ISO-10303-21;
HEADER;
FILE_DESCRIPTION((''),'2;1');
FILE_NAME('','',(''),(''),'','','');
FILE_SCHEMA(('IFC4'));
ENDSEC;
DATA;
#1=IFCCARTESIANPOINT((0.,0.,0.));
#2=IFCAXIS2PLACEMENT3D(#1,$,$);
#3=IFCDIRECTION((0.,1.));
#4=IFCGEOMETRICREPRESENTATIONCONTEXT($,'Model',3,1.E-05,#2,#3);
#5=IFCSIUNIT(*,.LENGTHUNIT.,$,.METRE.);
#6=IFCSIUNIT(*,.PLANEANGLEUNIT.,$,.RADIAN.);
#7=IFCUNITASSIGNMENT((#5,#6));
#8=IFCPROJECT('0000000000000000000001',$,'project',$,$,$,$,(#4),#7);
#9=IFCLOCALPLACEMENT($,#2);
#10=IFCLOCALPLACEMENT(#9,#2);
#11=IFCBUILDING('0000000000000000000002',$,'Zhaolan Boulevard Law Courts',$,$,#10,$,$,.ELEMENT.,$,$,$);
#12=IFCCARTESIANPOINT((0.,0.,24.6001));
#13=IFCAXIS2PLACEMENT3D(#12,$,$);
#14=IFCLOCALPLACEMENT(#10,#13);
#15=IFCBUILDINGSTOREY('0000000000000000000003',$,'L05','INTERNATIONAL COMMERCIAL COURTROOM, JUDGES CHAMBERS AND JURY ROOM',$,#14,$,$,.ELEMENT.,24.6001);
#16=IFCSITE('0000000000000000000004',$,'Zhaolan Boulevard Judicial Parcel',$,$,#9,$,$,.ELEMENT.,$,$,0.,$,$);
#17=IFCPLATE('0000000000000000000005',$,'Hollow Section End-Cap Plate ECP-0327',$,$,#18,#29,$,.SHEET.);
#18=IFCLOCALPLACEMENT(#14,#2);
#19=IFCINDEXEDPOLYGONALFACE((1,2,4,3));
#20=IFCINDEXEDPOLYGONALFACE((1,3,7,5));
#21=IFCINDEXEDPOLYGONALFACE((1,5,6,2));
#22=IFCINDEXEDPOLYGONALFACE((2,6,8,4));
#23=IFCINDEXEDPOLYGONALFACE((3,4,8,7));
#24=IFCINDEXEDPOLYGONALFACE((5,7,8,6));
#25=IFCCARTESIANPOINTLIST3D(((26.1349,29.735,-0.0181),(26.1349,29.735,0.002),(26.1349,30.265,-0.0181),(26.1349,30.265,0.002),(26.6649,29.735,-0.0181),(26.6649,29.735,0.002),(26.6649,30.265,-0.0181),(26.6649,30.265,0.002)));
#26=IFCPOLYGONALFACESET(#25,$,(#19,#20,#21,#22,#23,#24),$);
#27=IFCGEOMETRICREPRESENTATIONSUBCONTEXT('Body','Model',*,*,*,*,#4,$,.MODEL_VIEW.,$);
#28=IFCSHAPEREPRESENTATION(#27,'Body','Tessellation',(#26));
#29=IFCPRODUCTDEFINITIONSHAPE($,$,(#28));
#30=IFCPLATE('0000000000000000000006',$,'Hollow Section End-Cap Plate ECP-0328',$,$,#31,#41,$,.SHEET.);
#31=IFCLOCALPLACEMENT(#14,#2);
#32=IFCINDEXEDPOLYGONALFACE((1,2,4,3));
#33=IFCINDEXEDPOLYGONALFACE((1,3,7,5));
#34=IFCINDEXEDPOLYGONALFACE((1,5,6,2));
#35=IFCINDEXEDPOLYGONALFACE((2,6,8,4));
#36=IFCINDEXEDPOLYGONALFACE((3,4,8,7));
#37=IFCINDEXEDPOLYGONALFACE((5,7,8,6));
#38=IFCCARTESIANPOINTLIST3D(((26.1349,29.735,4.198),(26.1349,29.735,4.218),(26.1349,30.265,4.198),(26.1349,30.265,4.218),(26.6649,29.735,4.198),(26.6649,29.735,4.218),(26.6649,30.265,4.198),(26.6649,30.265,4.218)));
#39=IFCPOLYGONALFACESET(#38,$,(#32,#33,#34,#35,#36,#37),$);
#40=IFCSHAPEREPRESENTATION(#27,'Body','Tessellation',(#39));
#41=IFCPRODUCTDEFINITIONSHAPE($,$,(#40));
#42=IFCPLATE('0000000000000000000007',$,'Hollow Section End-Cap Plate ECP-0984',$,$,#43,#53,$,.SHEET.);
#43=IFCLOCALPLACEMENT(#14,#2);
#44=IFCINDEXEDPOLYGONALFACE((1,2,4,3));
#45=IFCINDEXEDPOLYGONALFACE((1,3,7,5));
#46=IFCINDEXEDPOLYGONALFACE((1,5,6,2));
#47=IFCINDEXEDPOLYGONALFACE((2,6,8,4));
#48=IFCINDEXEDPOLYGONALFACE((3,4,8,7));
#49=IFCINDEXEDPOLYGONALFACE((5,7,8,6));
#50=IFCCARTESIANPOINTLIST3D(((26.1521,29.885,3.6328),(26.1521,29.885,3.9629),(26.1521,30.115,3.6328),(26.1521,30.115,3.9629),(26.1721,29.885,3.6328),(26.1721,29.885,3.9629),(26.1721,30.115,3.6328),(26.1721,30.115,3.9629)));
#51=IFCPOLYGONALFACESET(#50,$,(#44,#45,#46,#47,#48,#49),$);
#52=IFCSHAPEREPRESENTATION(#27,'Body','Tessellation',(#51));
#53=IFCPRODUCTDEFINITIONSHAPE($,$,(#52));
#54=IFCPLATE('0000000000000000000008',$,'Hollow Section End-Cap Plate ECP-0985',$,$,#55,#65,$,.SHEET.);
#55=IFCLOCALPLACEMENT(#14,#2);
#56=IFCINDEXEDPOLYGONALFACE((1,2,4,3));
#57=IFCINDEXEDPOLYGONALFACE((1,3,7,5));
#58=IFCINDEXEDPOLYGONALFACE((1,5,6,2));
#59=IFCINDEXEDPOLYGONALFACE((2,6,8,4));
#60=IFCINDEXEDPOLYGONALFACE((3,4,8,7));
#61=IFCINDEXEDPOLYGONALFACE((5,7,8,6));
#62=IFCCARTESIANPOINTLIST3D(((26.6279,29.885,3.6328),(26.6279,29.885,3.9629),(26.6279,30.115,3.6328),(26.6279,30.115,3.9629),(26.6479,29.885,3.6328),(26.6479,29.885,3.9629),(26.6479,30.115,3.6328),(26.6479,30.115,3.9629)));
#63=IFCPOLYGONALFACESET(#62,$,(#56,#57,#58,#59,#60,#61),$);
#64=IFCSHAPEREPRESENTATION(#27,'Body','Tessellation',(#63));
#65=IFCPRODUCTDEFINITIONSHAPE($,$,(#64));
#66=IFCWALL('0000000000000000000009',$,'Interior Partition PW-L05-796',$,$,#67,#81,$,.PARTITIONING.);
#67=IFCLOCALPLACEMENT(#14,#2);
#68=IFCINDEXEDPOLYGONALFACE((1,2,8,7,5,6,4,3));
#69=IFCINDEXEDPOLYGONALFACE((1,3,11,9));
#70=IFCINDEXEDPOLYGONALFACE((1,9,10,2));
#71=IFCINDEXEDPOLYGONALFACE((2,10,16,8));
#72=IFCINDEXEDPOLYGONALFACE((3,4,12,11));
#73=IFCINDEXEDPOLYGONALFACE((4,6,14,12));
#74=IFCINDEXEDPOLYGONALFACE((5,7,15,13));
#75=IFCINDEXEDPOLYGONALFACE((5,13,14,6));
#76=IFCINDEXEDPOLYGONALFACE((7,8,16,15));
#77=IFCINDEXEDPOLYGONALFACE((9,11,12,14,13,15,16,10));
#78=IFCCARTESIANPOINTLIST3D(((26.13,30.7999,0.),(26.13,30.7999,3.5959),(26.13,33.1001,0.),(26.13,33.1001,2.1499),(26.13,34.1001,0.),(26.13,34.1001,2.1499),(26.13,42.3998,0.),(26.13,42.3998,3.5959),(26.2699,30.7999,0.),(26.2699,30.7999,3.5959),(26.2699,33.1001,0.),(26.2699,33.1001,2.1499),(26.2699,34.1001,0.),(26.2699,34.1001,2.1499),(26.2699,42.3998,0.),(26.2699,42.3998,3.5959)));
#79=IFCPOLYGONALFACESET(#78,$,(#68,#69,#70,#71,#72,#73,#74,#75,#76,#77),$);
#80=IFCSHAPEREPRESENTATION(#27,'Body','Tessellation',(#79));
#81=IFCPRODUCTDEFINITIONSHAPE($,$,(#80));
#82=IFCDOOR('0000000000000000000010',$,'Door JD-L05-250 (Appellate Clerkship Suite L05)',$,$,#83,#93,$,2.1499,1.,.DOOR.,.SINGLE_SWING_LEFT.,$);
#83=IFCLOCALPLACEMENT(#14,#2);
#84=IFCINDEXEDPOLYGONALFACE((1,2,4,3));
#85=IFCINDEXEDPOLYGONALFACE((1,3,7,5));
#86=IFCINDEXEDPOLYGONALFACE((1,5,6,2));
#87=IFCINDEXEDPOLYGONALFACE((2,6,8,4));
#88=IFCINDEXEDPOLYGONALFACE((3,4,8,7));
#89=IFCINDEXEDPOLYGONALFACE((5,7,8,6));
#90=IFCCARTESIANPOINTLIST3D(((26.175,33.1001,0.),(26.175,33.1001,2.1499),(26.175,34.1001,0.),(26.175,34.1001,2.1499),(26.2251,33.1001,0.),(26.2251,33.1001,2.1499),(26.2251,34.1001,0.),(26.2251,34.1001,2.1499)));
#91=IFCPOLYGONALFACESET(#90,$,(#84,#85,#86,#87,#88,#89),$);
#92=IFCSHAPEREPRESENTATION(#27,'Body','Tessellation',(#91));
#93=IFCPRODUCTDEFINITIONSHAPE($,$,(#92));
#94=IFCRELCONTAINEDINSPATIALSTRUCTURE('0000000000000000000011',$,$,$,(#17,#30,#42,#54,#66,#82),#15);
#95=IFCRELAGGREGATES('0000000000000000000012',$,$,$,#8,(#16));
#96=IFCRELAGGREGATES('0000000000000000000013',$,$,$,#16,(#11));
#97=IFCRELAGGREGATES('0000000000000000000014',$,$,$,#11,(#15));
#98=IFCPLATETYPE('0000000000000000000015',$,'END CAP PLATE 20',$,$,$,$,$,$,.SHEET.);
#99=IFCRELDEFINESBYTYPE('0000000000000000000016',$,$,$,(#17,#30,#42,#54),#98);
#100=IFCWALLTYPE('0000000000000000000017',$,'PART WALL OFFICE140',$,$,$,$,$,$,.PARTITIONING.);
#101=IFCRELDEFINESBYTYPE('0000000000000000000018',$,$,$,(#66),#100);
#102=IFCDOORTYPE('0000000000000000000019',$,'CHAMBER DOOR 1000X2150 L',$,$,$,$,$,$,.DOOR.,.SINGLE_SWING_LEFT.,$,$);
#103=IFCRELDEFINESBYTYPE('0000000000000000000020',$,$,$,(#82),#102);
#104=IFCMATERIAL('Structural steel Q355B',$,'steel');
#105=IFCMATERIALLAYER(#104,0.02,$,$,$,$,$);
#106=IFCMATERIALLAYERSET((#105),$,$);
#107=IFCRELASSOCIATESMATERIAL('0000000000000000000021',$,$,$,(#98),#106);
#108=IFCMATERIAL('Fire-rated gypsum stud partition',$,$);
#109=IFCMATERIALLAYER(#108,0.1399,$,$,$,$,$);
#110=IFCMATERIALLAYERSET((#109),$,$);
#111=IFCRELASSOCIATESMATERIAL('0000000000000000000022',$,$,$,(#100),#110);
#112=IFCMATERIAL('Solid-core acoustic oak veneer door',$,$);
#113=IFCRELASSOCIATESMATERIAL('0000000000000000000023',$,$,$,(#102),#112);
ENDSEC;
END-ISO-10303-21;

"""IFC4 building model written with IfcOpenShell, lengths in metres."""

from ifc_helpers import new_model, si_unit, direction, frame, frame_2d, origin, origin_2d, place, context, subcontext, project, spatial, rectangle, extrude, material, layer, layer_set, type_object, element, fill, save


model = new_model("IFC4")

# Units and contexts
model_context = context("Model", 3, precision=1e-05, world=origin(), true_north=direction((0.0, 1.0)))
body_context = subcontext(model_context, "Body", "Model", "MODEL_VIEW")
ifc_project = project(units=[si_unit("LENGTHUNIT", "METRE"), si_unit("PLANEANGLEUNIT", "RADIAN")], contexts=[model_context])

# Site, building, storey
site_placement = place(None, origin())
site = spatial("IfcSite", under=ifc_project, at=site_placement, Name="Zhaolan Boulevard Judicial Parcel", CompositionType="ELEMENT", RefElevation=0.0)
building_placement = place(site_placement, origin())
building = spatial("IfcBuilding", under=site, at=building_placement, Name="Zhaolan Boulevard Law Courts", CompositionType="ELEMENT")
storey_placement = place(building_placement, frame((0.0, 0.0, 24.6001)))
storey = spatial("IfcBuildingStorey", under=building, at=storey_placement, Name="L05", Description="INTERNATIONAL COMMERCIAL COURTROOM, JUDGES CHAMBERS AND JURY ROOM", CompositionType="ELEMENT", Elevation=24.6001)

# Plates
ifc_material_1 = material(Name="Structural steel Q355B", Category="steel")
ifc_layer_1 = layer(ifc_material_1, 0.02)
ifc_layer_set_1 = layer_set([ifc_layer_1])
plate_type_1 = type_object("IfcPlateType", Name="END CAP PLATE 20", PredefinedType="SHEET", material=ifc_layer_set_1)
for number, where, z_axis, x_axis, name in (
    (1, (26.3999, 30.0, -0.0181), (0.0, 0.0, 1.0), (1.0, 0.0, 0.0), "Hollow Section End-Cap Plate ECP-0327"),
    (2, (26.3999, 30.0, 4.198), (0.0, 0.0, 1.0), (1.0, 0.0, 0.0), "Hollow Section End-Cap Plate ECP-0328"),
):
    element("IfcPlate", number, at=place(storey_placement, frame(where, z_axis=z_axis, x_axis=x_axis)), inside=storey, type_object=plate_type_1, Name=name, PredefinedType="SHEET", context=body_context, shape_type="SweptSolid", body=[
        extrude(rectangle(XDim=0.53, YDim=0.53, at=origin_2d()), origin(), (0.0, 0.0, 1.0), 0.02),
    ])
for number, where, z_axis, x_axis, name in (
    (3, (26.1621, 30.0, 3.6328), (0.0, 0.0, 1.0), (1.0, 0.0, 0.0), "Hollow Section End-Cap Plate ECP-0984"),
    (4, (26.6379, 30.0, 3.6328), (0.0, 0.0, 1.0), (1.0, 0.0, 0.0), "Hollow Section End-Cap Plate ECP-0985"),
):
    element("IfcPlate", number, at=place(storey_placement, frame(where, z_axis=z_axis, x_axis=x_axis)), inside=storey, type_object=plate_type_1, Name=name, PredefinedType="SHEET", context=body_context, shape_type="SweptSolid", body=[
        extrude(rectangle(XDim=0.02, YDim=0.23, at=origin_2d()), origin(), (0.0, 0.0, 1.0), 0.3301),
    ])

# Wall, opening, door
ifc_material_2 = material(Name="Fire-rated gypsum stud partition")
ifc_layer_2 = layer(ifc_material_2, 0.1399)
ifc_layer_set_2 = layer_set([ifc_layer_2])
wall_type = type_object("IfcWallType", Name="PART WALL OFFICE140", PredefinedType="PARTITIONING", material=ifc_layer_set_2)
wall_placement = place(storey_placement, frame((26.2, 30.8, 0.0), z_axis=(0.0, 0.0, 1.0), x_axis=(0.0, 1.0, 0.0)))
wall = element("IfcWall", 5, at=wall_placement, inside=storey, type_object=wall_type, Name="Interior Partition PW-L05-796", PredefinedType="PARTITIONING", context=body_context, shape_type="SweptSolid", body=[
    extrude(rectangle(XDim=11.5999, YDim=0.1399, at=frame_2d((5.7998, 0.0))), origin(), (0.0, 0.0, 1.0), 3.5959),
])
opening_placement = place(wall_placement, frame((2.3, 0.0, 0.0)))
opening = element("IfcOpeningElement", 6, at=opening_placement, cuts=wall, PredefinedType="OPENING", context=body_context, shape_type="SweptSolid", body=[
    extrude(rectangle(XDim=1.0, YDim=2.1499, at=frame_2d((0.5, 1.075))), frame((0.0, 0.0798, 0.0), z_axis=(0.0, -1.0, 0.0), x_axis=(1.0, 0.0, 0.0)), (0.0, 0.0, 1.0), 0.1599),
])
ifc_material_3 = material(Name="Solid-core acoustic oak veneer door")
door_type = type_object("IfcDoorType", Name="CHAMBER DOOR 1000X2150 L", OperationType="SINGLE_SWING_LEFT", PredefinedType="DOOR", material=ifc_material_3)
door_placement = place(opening_placement, origin())
door = element("IfcDoor", 7, at=door_placement, inside=storey, type_object=door_type, Name="Door JD-L05-250 (Appellate Clerkship Suite L05)", OperationType="SINGLE_SWING_LEFT", OverallHeight=2.1499, OverallWidth=1.0, PredefinedType="DOOR", context=body_context, shape_type="SweptSolid", body=[
    extrude(rectangle(XDim=1.0, YDim=2.1499, at=frame_2d((0.5, 1.075))), frame((0.0, 0.0249, 0.0), z_axis=(0.0, -1.0, 0.0), x_axis=(1.0, 0.0, 0.0)), (0.0, 0.0, 1.0), 0.05),
])
fill(opening, door)

save(model, "model.ifc")
